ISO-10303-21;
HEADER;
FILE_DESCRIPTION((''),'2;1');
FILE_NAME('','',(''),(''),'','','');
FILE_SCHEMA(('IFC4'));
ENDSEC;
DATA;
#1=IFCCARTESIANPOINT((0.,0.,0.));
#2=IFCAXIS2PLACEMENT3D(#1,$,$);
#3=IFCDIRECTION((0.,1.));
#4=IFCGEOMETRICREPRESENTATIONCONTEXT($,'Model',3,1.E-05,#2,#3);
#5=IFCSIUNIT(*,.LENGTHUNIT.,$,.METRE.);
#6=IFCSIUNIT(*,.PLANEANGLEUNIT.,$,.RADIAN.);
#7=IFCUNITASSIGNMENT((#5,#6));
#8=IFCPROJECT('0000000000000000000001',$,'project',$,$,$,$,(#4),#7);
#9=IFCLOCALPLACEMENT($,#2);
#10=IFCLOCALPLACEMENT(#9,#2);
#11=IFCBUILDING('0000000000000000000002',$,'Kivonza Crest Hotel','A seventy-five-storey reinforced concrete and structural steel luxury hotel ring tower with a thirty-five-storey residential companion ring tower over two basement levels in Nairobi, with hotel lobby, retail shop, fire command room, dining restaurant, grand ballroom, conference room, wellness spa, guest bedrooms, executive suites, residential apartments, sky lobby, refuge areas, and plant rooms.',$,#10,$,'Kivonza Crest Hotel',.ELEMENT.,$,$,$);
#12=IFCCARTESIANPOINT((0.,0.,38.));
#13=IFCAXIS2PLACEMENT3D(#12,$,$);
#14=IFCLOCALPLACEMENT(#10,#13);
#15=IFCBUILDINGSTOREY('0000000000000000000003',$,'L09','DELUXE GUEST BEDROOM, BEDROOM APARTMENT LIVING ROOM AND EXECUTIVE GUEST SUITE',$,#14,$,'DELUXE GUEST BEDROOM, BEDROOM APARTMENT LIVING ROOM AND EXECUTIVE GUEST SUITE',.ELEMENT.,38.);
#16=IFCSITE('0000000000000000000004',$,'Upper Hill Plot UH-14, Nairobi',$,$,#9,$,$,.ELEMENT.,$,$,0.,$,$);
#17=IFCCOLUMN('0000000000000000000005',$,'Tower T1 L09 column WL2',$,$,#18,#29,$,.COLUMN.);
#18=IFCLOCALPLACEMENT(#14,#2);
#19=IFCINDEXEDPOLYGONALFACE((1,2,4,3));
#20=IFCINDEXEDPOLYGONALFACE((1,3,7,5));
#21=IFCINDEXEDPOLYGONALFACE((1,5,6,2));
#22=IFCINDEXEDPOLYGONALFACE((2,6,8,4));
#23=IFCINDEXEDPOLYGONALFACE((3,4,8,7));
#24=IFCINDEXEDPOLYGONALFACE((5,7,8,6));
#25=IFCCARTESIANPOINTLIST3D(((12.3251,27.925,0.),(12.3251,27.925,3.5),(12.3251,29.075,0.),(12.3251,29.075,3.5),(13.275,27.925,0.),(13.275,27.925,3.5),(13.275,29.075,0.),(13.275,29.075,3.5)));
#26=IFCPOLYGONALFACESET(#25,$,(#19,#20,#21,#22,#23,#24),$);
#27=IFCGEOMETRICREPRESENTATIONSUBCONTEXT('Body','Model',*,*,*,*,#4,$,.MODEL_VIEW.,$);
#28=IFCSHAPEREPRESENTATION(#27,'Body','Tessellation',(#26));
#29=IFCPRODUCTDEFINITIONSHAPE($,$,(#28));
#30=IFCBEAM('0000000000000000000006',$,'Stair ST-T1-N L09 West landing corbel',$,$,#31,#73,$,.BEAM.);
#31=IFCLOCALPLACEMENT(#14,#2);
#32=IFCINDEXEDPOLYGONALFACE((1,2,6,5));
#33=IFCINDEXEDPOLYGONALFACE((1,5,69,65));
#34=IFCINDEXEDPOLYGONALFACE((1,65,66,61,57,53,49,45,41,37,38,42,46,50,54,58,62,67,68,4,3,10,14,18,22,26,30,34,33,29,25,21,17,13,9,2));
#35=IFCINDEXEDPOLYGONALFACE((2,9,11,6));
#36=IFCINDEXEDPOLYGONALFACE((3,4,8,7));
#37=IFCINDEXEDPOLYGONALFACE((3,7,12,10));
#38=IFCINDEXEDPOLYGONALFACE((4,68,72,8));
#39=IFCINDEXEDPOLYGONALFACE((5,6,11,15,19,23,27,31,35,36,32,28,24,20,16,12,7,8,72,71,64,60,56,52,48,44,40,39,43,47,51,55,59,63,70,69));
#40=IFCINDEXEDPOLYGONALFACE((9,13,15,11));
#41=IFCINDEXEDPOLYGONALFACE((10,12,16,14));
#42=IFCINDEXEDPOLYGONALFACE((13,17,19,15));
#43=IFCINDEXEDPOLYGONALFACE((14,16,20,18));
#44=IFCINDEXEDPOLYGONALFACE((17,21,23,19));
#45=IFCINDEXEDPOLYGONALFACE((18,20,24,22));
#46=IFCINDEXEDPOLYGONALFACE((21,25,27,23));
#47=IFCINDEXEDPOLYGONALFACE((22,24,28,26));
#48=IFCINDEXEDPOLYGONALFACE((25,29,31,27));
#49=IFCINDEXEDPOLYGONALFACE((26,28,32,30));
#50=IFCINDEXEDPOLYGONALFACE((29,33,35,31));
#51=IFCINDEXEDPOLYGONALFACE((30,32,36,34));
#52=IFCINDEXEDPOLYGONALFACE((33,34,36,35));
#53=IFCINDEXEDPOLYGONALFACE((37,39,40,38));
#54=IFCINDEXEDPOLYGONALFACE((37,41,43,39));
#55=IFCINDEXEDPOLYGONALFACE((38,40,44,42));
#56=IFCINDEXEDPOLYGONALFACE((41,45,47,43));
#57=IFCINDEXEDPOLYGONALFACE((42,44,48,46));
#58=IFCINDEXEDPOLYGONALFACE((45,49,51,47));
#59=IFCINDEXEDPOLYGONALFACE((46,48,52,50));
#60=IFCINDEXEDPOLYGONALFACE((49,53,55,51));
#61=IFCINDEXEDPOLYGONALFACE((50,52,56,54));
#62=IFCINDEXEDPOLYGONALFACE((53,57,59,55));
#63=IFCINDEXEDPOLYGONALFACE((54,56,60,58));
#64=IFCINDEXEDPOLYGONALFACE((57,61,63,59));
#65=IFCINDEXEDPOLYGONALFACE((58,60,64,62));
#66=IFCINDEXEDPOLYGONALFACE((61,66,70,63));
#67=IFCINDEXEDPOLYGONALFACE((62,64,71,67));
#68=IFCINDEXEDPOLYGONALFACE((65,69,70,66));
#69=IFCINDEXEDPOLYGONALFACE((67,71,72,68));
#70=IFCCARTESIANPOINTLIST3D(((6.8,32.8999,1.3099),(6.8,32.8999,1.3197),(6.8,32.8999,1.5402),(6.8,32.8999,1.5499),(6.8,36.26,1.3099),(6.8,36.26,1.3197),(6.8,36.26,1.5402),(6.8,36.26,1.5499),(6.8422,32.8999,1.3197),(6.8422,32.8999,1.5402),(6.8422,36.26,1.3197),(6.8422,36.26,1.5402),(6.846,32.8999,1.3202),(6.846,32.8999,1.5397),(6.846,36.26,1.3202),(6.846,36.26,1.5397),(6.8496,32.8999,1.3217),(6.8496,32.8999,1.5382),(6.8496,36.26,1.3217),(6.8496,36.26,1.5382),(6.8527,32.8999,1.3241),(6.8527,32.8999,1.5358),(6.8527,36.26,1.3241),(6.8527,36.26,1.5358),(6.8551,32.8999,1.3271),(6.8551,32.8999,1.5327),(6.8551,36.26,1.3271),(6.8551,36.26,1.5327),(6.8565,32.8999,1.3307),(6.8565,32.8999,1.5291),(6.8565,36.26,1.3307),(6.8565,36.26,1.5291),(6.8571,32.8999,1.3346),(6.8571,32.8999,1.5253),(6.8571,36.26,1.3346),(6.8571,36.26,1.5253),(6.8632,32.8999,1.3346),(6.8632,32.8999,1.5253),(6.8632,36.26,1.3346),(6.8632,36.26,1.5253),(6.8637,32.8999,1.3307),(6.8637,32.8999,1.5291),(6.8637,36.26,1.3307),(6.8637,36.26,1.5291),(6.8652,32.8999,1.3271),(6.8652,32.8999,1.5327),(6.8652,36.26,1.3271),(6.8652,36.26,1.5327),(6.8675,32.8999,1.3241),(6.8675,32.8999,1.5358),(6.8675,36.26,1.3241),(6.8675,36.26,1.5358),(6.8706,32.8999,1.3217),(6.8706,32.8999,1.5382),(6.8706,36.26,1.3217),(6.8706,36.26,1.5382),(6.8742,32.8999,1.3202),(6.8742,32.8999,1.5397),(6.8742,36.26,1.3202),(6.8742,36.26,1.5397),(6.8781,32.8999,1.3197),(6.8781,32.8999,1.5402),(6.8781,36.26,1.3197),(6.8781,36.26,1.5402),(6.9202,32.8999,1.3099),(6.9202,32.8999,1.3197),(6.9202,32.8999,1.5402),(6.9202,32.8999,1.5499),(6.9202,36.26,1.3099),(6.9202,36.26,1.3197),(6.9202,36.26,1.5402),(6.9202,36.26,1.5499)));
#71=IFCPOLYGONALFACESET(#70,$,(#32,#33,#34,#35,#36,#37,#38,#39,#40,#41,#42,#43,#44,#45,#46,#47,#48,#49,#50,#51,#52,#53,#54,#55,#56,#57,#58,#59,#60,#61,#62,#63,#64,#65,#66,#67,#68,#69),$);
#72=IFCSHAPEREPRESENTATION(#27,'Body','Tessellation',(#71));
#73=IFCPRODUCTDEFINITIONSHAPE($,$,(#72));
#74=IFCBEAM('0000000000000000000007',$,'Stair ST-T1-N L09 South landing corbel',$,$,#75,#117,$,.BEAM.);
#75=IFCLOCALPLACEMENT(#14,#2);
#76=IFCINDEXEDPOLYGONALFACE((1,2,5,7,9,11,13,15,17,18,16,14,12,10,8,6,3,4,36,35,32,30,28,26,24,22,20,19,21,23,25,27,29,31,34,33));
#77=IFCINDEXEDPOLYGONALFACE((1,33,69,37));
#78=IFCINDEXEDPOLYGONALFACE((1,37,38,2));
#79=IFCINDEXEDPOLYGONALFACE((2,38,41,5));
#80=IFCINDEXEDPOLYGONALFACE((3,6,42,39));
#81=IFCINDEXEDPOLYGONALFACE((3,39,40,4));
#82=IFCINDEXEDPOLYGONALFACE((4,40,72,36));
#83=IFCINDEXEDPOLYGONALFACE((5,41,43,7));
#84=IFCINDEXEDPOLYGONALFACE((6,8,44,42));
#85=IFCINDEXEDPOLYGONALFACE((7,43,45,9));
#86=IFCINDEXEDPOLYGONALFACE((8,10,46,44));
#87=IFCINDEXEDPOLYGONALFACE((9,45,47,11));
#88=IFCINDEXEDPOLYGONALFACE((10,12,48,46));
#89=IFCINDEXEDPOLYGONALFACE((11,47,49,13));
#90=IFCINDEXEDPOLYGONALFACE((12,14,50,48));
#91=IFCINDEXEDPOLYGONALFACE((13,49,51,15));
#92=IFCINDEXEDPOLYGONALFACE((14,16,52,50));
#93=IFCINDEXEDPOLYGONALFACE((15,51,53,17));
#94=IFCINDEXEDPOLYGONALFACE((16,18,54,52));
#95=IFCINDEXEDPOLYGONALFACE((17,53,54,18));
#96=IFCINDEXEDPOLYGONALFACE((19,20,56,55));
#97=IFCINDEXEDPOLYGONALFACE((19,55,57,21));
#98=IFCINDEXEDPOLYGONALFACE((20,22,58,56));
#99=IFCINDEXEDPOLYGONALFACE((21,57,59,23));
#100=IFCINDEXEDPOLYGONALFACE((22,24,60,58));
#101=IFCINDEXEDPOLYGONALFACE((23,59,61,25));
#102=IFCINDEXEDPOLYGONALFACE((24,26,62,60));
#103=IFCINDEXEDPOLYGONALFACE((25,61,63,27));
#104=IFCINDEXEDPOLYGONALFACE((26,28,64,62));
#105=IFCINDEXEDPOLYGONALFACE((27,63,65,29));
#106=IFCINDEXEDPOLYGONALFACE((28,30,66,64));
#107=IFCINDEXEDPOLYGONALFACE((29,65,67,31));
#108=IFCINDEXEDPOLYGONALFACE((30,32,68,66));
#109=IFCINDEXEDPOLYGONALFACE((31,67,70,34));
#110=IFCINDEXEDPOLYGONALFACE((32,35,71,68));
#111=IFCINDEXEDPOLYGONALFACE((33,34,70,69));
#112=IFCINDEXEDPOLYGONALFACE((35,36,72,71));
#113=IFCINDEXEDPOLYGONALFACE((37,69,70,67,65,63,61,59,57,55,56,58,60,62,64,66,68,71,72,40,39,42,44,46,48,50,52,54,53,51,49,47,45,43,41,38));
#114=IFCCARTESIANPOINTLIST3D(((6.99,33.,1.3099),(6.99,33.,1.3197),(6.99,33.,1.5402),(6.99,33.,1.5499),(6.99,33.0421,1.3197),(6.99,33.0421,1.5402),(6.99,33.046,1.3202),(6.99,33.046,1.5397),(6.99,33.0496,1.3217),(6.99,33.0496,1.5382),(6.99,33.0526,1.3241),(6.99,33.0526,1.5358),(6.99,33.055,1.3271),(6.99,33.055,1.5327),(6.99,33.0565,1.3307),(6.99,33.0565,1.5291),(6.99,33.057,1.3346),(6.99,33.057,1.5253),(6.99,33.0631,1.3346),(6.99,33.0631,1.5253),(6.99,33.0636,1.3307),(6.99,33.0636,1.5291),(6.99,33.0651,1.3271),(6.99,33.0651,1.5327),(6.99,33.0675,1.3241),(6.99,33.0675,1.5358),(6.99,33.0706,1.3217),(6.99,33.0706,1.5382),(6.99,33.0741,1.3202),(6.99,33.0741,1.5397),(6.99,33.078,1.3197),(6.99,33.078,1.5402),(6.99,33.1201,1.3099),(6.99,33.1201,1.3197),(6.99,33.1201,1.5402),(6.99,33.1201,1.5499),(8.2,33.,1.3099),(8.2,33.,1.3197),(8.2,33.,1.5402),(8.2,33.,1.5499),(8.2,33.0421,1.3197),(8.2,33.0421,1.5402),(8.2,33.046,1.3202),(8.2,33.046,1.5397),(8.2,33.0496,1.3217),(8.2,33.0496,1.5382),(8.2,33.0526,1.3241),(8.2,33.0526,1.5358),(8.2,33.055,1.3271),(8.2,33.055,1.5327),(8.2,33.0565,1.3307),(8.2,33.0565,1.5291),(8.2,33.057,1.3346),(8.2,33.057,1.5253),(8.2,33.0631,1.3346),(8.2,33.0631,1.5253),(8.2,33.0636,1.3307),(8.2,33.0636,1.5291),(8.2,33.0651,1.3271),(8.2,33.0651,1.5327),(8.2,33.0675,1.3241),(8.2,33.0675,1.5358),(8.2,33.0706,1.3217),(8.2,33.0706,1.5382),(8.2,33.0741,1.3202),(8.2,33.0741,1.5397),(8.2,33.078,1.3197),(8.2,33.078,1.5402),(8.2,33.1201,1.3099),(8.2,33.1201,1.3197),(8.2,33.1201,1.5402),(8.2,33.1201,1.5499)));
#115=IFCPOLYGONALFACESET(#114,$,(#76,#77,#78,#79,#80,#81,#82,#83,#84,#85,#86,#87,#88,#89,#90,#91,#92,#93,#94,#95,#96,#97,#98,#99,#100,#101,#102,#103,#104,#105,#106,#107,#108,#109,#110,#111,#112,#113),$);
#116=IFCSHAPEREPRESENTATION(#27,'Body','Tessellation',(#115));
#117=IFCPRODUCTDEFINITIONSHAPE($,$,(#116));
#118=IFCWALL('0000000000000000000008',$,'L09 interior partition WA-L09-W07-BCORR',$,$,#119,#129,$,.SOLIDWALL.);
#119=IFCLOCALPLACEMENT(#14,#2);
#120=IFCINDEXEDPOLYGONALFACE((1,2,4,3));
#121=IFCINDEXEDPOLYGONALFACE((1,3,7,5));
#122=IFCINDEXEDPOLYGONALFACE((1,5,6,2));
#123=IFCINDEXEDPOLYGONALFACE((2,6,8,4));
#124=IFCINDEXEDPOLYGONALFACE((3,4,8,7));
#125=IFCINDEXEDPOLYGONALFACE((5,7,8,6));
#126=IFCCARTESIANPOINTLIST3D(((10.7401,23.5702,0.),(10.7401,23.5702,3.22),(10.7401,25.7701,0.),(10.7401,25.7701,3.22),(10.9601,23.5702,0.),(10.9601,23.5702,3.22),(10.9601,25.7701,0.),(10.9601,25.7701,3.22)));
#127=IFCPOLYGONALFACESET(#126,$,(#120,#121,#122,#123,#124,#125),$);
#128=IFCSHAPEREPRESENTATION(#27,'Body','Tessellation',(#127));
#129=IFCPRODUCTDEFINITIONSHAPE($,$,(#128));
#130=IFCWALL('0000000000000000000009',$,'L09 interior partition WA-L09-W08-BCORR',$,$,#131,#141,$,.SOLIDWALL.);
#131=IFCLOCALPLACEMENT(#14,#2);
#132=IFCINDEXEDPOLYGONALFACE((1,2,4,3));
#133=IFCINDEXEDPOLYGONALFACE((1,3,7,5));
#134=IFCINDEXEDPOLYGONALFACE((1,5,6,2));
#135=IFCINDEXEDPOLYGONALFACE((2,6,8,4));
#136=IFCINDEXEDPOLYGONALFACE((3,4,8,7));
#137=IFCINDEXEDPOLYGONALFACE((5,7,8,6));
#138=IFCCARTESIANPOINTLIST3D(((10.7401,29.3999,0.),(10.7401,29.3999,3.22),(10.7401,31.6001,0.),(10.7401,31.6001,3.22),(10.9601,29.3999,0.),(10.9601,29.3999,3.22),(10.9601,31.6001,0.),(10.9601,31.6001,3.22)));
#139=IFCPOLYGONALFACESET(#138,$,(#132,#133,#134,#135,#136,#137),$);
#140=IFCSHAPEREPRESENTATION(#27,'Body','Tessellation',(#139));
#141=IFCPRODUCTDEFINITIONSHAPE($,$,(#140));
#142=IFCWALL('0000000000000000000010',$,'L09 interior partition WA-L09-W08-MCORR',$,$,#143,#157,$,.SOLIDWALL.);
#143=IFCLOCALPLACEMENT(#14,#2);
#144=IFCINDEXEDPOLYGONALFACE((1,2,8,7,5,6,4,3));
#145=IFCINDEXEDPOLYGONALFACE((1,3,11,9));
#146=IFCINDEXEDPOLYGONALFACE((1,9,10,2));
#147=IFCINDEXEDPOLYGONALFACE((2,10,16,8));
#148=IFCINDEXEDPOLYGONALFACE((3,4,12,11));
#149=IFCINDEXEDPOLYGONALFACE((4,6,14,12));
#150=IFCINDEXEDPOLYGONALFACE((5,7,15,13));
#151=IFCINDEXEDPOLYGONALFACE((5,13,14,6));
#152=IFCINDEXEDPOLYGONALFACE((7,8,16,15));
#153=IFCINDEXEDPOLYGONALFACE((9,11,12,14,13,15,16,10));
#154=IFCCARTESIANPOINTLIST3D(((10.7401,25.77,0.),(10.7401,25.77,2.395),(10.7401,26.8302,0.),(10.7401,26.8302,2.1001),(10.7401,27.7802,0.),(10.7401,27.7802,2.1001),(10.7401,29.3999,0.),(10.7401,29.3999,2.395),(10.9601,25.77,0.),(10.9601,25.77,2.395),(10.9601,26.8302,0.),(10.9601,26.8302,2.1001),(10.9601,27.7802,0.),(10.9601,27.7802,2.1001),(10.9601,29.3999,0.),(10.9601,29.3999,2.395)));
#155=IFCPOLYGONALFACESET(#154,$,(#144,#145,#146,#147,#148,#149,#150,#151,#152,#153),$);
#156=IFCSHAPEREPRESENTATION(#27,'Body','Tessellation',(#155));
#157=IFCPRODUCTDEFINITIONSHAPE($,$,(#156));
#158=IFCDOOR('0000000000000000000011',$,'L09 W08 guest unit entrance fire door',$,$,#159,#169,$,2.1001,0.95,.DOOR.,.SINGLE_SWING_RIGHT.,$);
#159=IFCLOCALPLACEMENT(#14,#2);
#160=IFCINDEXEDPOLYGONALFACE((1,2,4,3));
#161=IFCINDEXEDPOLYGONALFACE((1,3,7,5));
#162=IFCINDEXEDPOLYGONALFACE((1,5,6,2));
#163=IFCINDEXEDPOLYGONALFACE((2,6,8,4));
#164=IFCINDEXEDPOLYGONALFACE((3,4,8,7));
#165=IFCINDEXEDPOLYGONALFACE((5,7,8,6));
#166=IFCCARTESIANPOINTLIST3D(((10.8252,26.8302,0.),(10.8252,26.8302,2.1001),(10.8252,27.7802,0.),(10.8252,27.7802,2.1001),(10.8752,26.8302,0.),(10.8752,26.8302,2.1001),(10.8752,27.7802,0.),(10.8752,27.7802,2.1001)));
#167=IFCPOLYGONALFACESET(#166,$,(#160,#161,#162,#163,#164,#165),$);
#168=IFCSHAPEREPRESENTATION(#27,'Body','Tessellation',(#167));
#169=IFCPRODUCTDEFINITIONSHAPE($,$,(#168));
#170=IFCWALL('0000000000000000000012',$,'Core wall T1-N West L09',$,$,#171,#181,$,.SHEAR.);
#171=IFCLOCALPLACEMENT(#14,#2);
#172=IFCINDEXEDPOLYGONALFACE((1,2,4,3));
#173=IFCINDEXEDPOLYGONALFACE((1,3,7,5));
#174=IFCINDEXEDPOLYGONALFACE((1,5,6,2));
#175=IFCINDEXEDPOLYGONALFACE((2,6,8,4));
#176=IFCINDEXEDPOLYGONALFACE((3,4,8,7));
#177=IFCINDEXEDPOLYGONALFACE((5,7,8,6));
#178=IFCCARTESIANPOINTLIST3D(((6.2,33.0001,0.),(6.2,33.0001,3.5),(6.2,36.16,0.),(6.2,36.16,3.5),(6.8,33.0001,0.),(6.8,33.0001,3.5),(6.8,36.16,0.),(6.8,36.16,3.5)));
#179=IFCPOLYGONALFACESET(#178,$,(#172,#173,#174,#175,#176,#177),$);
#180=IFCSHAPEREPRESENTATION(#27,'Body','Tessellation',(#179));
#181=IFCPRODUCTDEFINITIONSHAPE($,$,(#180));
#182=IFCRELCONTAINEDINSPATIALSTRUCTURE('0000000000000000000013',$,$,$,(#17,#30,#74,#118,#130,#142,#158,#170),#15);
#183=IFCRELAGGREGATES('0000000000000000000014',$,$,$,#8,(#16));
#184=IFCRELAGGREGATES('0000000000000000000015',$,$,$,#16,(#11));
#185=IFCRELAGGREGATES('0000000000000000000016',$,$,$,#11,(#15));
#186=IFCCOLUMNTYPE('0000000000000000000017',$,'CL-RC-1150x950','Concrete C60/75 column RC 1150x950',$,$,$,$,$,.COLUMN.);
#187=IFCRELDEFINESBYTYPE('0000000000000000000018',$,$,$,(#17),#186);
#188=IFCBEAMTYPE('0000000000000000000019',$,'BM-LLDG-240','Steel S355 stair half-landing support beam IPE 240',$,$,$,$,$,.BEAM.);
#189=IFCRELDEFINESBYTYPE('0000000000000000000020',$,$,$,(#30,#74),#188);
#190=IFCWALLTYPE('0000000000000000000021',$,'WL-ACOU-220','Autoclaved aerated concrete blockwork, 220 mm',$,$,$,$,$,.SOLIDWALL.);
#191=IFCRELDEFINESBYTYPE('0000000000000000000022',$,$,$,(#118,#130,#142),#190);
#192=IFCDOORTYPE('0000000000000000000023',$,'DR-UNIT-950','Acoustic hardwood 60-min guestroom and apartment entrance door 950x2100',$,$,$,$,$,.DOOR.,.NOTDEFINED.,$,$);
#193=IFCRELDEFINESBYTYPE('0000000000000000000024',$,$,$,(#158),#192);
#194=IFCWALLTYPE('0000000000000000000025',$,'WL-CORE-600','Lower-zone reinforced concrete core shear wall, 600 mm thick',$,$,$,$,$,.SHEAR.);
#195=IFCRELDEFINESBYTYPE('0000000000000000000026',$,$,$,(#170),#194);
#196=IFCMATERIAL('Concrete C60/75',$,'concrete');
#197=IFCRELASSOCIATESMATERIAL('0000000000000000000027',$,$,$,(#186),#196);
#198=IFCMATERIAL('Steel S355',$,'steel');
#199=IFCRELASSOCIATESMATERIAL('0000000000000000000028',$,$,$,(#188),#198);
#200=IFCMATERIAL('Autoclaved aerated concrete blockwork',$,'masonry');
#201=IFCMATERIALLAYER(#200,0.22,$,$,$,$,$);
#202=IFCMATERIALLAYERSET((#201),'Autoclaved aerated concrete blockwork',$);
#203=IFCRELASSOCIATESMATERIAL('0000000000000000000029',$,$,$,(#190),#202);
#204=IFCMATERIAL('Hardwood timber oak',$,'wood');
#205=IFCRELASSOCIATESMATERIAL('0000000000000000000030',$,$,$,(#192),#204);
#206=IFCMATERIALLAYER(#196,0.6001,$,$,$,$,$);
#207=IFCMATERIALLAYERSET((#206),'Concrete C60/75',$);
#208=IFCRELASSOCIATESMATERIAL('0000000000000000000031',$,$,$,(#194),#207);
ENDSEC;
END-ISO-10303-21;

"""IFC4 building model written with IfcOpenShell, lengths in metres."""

from ifc_helpers import new_model, si_unit, direction, frame, frame_2d, origin, origin_2d, place, context, subcontext, project, spatial, rectangle, i_section, extrude, material, layer, layer_set, material_profile, profile_set, type_object, element, fill, save


model = new_model("IFC4")

# Units and contexts
model_context = context("Model", 3, precision=1e-05, world=origin(), true_north=direction((0.0, 1.0)))
body_context = subcontext(model_context, "Body", "Model", "MODEL_VIEW")
ifc_project = project(units=[si_unit("LENGTHUNIT", "METRE"), si_unit("PLANEANGLEUNIT", "RADIAN")], contexts=[model_context])

# Site, building, storey
site_placement = place(None, origin())
site = spatial("IfcSite", under=ifc_project, at=site_placement, Name="Upper Hill Plot UH-14, Nairobi", CompositionType="ELEMENT", RefElevation=0.0)
building_placement = place(site_placement, origin())
building = spatial("IfcBuilding", under=site, at=building_placement, Name="Kivonza Crest Hotel", Description="A seventy-five-storey reinforced concrete and structural steel luxury hotel ring tower with a thirty-five-storey residential companion ring tower over two basement levels in Nairobi, with hotel lobby, retail shop, fire command room, dining restaurant, grand ballroom, conference room, wellness spa, guest bedrooms, executive suites, residential apartments, sky lobby, refuge areas, and plant rooms.", LongName="Kivonza Crest Hotel", CompositionType="ELEMENT")
storey_placement = place(building_placement, frame((0.0, 0.0, 38.0)))
storey = spatial("IfcBuildingStorey", under=building, at=storey_placement, Name="L09", Description="DELUXE GUEST BEDROOM, BEDROOM APARTMENT LIVING ROOM AND EXECUTIVE GUEST SUITE", LongName="DELUXE GUEST BEDROOM, BEDROOM APARTMENT LIVING ROOM AND EXECUTIVE GUEST SUITE", CompositionType="ELEMENT", Elevation=38.0)

# Column
ifc_material_1 = material(Name="Concrete C60/75", Category="concrete")
ifc_material_profile_1 = material_profile(ifc_material_1, rectangle(XDim=0.95, YDim=1.1499, at=origin_2d()), Name="RC 1150x950")
ifc_profile_set_1 = profile_set([ifc_material_profile_1], Name="Concrete C60/75")
column_type = type_object("IfcColumnType", Name="CL-RC-1150x950", Description="Concrete C60/75 column RC 1150x950", PredefinedType="COLUMN", material=ifc_profile_set_1)
column_placement = place(storey_placement, frame((12.8, 28.5, 0.0), z_axis=(0.0, 0.0, 1.0), x_axis=(1.0, 0.0, 0.0)))
element("IfcColumn", 1, at=column_placement, inside=storey, type_object=column_type, Name="Tower T1 L09 column WL2", PredefinedType="COLUMN", context=body_context, shape_type="SweptSolid", body=[
    extrude(rectangle(XDim=0.95, YDim=1.1499, at=origin_2d()), origin(), (0.0, 0.0, 1.0), 3.5),
])

# Beams
ifc_material_2 = material(Name="Steel S355", Category="steel")
ifc_material_profile_2 = material_profile(ifc_material_2, i_section(OverallWidth=0.1201, OverallDepth=0.24, WebThickness=0.0061, FlangeThickness=0.0098, FilletRadius=0.0149, at=origin_2d()), Name="IPE 240")
ifc_profile_set_2 = profile_set([ifc_material_profile_2], Name="Steel S355")
beam_type = type_object("IfcBeamType", Name="BM-LLDG-240", Description="Steel S355 stair half-landing support beam IPE 240", PredefinedType="BEAM", material=ifc_profile_set_2)
beam_1_placement = place(storey_placement, frame((6.8601, 32.8999, 1.4299), z_axis=(0.0, 1.0, 0.0), x_axis=(-1.0, 0.0, 0.0)))
element("IfcBeam", 2, at=beam_1_placement, inside=storey, type_object=beam_type, Name="Stair ST-T1-N L09 West landing corbel", PredefinedType="BEAM", context=body_context, shape_type="SweptSolid", body=[
    extrude(i_section(OverallWidth=0.1201, OverallDepth=0.24, WebThickness=0.0061, FlangeThickness=0.0098, FilletRadius=0.0149, at=origin_2d()), origin(), (0.0, 0.0, 1.0), 3.3601),
])
beam_2_placement = place(storey_placement, frame((6.99, 33.0601, 1.4299), z_axis=(1.0, 0.0, 0.0), x_axis=(0.0, 1.0, 0.0)))
element("IfcBeam", 3, at=beam_2_placement, inside=storey, type_object=beam_type, Name="Stair ST-T1-N L09 South landing corbel", PredefinedType="BEAM", context=body_context, shape_type="SweptSolid", body=[
    extrude(i_section(OverallWidth=0.1201, OverallDepth=0.24, WebThickness=0.0061, FlangeThickness=0.0098, FilletRadius=0.0149, at=origin_2d()), origin(), (0.0, 0.0, 1.0), 1.21),
])

# Walls
ifc_material_3 = material(Name="Autoclaved aerated concrete blockwork", Category="masonry")
ifc_layer_1 = layer(ifc_material_3, 0.22)
ifc_layer_set_1 = layer_set([ifc_layer_1], Name="Autoclaved aerated concrete blockwork")
wall_type_1 = type_object("IfcWallType", Name="WL-ACOU-220", Description="Autoclaved aerated concrete blockwork, 220 mm", PredefinedType="SOLIDWALL", material=ifc_layer_set_1)
wall_1_placement = place(storey_placement, frame((10.8501, 23.5701, 0.0), z_axis=(0.0, 0.0, 1.0), x_axis=(0.0, 1.0, 0.0)))
element("IfcWall", 4, at=wall_1_placement, inside=storey, type_object=wall_type_1, Name="L09 interior partition WA-L09-W07-BCORR", PredefinedType="SOLIDWALL", context=body_context, shape_type="SweptSolid", body=[
    extrude(rectangle(XDim=2.2, YDim=0.22, at=frame_2d((1.1001, 0.0))), origin(), (0.0, 0.0, 1.0), 3.22),
])
wall_2_placement = place(storey_placement, frame((10.8501, 29.3999, 0.0), z_axis=(0.0, 0.0, 1.0), x_axis=(0.0, 1.0, 0.0)))
element("IfcWall", 5, at=wall_2_placement, inside=storey, type_object=wall_type_1, Name="L09 interior partition WA-L09-W08-BCORR", PredefinedType="SOLIDWALL", context=body_context, shape_type="SweptSolid", body=[
    extrude(rectangle(XDim=2.2002, YDim=0.22, at=frame_2d((1.1001, 0.0))), origin(), (0.0, 0.0, 1.0), 3.22),
])

# Wall, opening, door
wall_3_placement = place(storey_placement, frame((10.8501, 25.77, 0.0), z_axis=(0.0, 0.0, 1.0), x_axis=(0.0, 1.0, 0.0)))
wall_3 = element("IfcWall", 6, at=wall_3_placement, inside=storey, type_object=wall_type_1, Name="L09 interior partition WA-L09-W08-MCORR", PredefinedType="SOLIDWALL", context=body_context, shape_type="SweptSolid", body=[
    extrude(rectangle(XDim=3.6299, YDim=0.22, at=frame_2d((1.8149, 0.0))), origin(), (0.0, 0.0, 1.0), 2.395),
])
opening_1_placement = place(wall_3_placement, frame((1.0601, 0.0, 0.0)))
opening_1 = element("IfcOpeningElement", 7, at=opening_1_placement, cuts=wall_3, PredefinedType="OPENING", context=body_context, shape_type="SweptSolid", body=[
    extrude(rectangle(XDim=0.95, YDim=2.1001, at=frame_2d((0.4751, 1.05))), frame((0.0, 0.1201, 0.0), z_axis=(0.0, -1.0, 0.0), x_axis=(1.0, 0.0, 0.0)), (0.0, 0.0, 1.0), 0.24),
])
ifc_material_4 = material(Name="Hardwood timber oak", Category="wood")
door_type_1 = type_object("IfcDoorType", Name="DR-UNIT-950", Description="Acoustic hardwood 60-min guestroom and apartment entrance door 950x2100", OperationType="NOTDEFINED", PredefinedType="DOOR", material=ifc_material_4)
door_1_placement = place(opening_1_placement, origin())
door_1 = element("IfcDoor", 8, at=door_1_placement, inside=storey, type_object=door_type_1, Name="L09 W08 guest unit entrance fire door", OperationType="SINGLE_SWING_RIGHT", OverallHeight=2.1001, OverallWidth=0.95, PredefinedType="DOOR", context=body_context, shape_type="SweptSolid", body=[
    extrude(rectangle(XDim=0.95, YDim=2.1001, at=frame_2d((0.4751, 1.05))), frame((0.0, 0.0249, 0.0), z_axis=(0.0, -1.0, 0.0), x_axis=(1.0, 0.0, 0.0)), (0.0, 0.0, 1.0), 0.05),
])
fill(opening_1, door_1)

# Wall
ifc_layer_2 = layer(ifc_material_1, 0.6001)
ifc_layer_set_2 = layer_set([ifc_layer_2], Name="Concrete C60/75")
wall_type_2 = type_object("IfcWallType", Name="WL-CORE-600", Description="Lower-zone reinforced concrete core shear wall, 600 mm thick", PredefinedType="SHEAR", material=ifc_layer_set_2)
wall_4_placement = place(storey_placement, frame((6.5, 33.0, 0.0), z_axis=(0.0, 0.0, 1.0), x_axis=(0.0, 1.0, 0.0)))
element("IfcWall", 9, at=wall_4_placement, inside=storey, type_object=wall_type_2, Name="Core wall T1-N West L09", PredefinedType="SHEAR", context=body_context, shape_type="SweptSolid", body=[
    extrude(rectangle(XDim=3.1599, YDim=0.6001, at=frame_2d((1.5801, 0.0))), origin(), (0.0, 0.0, 1.0), 3.5),
])

save(model, "model.ifc")
